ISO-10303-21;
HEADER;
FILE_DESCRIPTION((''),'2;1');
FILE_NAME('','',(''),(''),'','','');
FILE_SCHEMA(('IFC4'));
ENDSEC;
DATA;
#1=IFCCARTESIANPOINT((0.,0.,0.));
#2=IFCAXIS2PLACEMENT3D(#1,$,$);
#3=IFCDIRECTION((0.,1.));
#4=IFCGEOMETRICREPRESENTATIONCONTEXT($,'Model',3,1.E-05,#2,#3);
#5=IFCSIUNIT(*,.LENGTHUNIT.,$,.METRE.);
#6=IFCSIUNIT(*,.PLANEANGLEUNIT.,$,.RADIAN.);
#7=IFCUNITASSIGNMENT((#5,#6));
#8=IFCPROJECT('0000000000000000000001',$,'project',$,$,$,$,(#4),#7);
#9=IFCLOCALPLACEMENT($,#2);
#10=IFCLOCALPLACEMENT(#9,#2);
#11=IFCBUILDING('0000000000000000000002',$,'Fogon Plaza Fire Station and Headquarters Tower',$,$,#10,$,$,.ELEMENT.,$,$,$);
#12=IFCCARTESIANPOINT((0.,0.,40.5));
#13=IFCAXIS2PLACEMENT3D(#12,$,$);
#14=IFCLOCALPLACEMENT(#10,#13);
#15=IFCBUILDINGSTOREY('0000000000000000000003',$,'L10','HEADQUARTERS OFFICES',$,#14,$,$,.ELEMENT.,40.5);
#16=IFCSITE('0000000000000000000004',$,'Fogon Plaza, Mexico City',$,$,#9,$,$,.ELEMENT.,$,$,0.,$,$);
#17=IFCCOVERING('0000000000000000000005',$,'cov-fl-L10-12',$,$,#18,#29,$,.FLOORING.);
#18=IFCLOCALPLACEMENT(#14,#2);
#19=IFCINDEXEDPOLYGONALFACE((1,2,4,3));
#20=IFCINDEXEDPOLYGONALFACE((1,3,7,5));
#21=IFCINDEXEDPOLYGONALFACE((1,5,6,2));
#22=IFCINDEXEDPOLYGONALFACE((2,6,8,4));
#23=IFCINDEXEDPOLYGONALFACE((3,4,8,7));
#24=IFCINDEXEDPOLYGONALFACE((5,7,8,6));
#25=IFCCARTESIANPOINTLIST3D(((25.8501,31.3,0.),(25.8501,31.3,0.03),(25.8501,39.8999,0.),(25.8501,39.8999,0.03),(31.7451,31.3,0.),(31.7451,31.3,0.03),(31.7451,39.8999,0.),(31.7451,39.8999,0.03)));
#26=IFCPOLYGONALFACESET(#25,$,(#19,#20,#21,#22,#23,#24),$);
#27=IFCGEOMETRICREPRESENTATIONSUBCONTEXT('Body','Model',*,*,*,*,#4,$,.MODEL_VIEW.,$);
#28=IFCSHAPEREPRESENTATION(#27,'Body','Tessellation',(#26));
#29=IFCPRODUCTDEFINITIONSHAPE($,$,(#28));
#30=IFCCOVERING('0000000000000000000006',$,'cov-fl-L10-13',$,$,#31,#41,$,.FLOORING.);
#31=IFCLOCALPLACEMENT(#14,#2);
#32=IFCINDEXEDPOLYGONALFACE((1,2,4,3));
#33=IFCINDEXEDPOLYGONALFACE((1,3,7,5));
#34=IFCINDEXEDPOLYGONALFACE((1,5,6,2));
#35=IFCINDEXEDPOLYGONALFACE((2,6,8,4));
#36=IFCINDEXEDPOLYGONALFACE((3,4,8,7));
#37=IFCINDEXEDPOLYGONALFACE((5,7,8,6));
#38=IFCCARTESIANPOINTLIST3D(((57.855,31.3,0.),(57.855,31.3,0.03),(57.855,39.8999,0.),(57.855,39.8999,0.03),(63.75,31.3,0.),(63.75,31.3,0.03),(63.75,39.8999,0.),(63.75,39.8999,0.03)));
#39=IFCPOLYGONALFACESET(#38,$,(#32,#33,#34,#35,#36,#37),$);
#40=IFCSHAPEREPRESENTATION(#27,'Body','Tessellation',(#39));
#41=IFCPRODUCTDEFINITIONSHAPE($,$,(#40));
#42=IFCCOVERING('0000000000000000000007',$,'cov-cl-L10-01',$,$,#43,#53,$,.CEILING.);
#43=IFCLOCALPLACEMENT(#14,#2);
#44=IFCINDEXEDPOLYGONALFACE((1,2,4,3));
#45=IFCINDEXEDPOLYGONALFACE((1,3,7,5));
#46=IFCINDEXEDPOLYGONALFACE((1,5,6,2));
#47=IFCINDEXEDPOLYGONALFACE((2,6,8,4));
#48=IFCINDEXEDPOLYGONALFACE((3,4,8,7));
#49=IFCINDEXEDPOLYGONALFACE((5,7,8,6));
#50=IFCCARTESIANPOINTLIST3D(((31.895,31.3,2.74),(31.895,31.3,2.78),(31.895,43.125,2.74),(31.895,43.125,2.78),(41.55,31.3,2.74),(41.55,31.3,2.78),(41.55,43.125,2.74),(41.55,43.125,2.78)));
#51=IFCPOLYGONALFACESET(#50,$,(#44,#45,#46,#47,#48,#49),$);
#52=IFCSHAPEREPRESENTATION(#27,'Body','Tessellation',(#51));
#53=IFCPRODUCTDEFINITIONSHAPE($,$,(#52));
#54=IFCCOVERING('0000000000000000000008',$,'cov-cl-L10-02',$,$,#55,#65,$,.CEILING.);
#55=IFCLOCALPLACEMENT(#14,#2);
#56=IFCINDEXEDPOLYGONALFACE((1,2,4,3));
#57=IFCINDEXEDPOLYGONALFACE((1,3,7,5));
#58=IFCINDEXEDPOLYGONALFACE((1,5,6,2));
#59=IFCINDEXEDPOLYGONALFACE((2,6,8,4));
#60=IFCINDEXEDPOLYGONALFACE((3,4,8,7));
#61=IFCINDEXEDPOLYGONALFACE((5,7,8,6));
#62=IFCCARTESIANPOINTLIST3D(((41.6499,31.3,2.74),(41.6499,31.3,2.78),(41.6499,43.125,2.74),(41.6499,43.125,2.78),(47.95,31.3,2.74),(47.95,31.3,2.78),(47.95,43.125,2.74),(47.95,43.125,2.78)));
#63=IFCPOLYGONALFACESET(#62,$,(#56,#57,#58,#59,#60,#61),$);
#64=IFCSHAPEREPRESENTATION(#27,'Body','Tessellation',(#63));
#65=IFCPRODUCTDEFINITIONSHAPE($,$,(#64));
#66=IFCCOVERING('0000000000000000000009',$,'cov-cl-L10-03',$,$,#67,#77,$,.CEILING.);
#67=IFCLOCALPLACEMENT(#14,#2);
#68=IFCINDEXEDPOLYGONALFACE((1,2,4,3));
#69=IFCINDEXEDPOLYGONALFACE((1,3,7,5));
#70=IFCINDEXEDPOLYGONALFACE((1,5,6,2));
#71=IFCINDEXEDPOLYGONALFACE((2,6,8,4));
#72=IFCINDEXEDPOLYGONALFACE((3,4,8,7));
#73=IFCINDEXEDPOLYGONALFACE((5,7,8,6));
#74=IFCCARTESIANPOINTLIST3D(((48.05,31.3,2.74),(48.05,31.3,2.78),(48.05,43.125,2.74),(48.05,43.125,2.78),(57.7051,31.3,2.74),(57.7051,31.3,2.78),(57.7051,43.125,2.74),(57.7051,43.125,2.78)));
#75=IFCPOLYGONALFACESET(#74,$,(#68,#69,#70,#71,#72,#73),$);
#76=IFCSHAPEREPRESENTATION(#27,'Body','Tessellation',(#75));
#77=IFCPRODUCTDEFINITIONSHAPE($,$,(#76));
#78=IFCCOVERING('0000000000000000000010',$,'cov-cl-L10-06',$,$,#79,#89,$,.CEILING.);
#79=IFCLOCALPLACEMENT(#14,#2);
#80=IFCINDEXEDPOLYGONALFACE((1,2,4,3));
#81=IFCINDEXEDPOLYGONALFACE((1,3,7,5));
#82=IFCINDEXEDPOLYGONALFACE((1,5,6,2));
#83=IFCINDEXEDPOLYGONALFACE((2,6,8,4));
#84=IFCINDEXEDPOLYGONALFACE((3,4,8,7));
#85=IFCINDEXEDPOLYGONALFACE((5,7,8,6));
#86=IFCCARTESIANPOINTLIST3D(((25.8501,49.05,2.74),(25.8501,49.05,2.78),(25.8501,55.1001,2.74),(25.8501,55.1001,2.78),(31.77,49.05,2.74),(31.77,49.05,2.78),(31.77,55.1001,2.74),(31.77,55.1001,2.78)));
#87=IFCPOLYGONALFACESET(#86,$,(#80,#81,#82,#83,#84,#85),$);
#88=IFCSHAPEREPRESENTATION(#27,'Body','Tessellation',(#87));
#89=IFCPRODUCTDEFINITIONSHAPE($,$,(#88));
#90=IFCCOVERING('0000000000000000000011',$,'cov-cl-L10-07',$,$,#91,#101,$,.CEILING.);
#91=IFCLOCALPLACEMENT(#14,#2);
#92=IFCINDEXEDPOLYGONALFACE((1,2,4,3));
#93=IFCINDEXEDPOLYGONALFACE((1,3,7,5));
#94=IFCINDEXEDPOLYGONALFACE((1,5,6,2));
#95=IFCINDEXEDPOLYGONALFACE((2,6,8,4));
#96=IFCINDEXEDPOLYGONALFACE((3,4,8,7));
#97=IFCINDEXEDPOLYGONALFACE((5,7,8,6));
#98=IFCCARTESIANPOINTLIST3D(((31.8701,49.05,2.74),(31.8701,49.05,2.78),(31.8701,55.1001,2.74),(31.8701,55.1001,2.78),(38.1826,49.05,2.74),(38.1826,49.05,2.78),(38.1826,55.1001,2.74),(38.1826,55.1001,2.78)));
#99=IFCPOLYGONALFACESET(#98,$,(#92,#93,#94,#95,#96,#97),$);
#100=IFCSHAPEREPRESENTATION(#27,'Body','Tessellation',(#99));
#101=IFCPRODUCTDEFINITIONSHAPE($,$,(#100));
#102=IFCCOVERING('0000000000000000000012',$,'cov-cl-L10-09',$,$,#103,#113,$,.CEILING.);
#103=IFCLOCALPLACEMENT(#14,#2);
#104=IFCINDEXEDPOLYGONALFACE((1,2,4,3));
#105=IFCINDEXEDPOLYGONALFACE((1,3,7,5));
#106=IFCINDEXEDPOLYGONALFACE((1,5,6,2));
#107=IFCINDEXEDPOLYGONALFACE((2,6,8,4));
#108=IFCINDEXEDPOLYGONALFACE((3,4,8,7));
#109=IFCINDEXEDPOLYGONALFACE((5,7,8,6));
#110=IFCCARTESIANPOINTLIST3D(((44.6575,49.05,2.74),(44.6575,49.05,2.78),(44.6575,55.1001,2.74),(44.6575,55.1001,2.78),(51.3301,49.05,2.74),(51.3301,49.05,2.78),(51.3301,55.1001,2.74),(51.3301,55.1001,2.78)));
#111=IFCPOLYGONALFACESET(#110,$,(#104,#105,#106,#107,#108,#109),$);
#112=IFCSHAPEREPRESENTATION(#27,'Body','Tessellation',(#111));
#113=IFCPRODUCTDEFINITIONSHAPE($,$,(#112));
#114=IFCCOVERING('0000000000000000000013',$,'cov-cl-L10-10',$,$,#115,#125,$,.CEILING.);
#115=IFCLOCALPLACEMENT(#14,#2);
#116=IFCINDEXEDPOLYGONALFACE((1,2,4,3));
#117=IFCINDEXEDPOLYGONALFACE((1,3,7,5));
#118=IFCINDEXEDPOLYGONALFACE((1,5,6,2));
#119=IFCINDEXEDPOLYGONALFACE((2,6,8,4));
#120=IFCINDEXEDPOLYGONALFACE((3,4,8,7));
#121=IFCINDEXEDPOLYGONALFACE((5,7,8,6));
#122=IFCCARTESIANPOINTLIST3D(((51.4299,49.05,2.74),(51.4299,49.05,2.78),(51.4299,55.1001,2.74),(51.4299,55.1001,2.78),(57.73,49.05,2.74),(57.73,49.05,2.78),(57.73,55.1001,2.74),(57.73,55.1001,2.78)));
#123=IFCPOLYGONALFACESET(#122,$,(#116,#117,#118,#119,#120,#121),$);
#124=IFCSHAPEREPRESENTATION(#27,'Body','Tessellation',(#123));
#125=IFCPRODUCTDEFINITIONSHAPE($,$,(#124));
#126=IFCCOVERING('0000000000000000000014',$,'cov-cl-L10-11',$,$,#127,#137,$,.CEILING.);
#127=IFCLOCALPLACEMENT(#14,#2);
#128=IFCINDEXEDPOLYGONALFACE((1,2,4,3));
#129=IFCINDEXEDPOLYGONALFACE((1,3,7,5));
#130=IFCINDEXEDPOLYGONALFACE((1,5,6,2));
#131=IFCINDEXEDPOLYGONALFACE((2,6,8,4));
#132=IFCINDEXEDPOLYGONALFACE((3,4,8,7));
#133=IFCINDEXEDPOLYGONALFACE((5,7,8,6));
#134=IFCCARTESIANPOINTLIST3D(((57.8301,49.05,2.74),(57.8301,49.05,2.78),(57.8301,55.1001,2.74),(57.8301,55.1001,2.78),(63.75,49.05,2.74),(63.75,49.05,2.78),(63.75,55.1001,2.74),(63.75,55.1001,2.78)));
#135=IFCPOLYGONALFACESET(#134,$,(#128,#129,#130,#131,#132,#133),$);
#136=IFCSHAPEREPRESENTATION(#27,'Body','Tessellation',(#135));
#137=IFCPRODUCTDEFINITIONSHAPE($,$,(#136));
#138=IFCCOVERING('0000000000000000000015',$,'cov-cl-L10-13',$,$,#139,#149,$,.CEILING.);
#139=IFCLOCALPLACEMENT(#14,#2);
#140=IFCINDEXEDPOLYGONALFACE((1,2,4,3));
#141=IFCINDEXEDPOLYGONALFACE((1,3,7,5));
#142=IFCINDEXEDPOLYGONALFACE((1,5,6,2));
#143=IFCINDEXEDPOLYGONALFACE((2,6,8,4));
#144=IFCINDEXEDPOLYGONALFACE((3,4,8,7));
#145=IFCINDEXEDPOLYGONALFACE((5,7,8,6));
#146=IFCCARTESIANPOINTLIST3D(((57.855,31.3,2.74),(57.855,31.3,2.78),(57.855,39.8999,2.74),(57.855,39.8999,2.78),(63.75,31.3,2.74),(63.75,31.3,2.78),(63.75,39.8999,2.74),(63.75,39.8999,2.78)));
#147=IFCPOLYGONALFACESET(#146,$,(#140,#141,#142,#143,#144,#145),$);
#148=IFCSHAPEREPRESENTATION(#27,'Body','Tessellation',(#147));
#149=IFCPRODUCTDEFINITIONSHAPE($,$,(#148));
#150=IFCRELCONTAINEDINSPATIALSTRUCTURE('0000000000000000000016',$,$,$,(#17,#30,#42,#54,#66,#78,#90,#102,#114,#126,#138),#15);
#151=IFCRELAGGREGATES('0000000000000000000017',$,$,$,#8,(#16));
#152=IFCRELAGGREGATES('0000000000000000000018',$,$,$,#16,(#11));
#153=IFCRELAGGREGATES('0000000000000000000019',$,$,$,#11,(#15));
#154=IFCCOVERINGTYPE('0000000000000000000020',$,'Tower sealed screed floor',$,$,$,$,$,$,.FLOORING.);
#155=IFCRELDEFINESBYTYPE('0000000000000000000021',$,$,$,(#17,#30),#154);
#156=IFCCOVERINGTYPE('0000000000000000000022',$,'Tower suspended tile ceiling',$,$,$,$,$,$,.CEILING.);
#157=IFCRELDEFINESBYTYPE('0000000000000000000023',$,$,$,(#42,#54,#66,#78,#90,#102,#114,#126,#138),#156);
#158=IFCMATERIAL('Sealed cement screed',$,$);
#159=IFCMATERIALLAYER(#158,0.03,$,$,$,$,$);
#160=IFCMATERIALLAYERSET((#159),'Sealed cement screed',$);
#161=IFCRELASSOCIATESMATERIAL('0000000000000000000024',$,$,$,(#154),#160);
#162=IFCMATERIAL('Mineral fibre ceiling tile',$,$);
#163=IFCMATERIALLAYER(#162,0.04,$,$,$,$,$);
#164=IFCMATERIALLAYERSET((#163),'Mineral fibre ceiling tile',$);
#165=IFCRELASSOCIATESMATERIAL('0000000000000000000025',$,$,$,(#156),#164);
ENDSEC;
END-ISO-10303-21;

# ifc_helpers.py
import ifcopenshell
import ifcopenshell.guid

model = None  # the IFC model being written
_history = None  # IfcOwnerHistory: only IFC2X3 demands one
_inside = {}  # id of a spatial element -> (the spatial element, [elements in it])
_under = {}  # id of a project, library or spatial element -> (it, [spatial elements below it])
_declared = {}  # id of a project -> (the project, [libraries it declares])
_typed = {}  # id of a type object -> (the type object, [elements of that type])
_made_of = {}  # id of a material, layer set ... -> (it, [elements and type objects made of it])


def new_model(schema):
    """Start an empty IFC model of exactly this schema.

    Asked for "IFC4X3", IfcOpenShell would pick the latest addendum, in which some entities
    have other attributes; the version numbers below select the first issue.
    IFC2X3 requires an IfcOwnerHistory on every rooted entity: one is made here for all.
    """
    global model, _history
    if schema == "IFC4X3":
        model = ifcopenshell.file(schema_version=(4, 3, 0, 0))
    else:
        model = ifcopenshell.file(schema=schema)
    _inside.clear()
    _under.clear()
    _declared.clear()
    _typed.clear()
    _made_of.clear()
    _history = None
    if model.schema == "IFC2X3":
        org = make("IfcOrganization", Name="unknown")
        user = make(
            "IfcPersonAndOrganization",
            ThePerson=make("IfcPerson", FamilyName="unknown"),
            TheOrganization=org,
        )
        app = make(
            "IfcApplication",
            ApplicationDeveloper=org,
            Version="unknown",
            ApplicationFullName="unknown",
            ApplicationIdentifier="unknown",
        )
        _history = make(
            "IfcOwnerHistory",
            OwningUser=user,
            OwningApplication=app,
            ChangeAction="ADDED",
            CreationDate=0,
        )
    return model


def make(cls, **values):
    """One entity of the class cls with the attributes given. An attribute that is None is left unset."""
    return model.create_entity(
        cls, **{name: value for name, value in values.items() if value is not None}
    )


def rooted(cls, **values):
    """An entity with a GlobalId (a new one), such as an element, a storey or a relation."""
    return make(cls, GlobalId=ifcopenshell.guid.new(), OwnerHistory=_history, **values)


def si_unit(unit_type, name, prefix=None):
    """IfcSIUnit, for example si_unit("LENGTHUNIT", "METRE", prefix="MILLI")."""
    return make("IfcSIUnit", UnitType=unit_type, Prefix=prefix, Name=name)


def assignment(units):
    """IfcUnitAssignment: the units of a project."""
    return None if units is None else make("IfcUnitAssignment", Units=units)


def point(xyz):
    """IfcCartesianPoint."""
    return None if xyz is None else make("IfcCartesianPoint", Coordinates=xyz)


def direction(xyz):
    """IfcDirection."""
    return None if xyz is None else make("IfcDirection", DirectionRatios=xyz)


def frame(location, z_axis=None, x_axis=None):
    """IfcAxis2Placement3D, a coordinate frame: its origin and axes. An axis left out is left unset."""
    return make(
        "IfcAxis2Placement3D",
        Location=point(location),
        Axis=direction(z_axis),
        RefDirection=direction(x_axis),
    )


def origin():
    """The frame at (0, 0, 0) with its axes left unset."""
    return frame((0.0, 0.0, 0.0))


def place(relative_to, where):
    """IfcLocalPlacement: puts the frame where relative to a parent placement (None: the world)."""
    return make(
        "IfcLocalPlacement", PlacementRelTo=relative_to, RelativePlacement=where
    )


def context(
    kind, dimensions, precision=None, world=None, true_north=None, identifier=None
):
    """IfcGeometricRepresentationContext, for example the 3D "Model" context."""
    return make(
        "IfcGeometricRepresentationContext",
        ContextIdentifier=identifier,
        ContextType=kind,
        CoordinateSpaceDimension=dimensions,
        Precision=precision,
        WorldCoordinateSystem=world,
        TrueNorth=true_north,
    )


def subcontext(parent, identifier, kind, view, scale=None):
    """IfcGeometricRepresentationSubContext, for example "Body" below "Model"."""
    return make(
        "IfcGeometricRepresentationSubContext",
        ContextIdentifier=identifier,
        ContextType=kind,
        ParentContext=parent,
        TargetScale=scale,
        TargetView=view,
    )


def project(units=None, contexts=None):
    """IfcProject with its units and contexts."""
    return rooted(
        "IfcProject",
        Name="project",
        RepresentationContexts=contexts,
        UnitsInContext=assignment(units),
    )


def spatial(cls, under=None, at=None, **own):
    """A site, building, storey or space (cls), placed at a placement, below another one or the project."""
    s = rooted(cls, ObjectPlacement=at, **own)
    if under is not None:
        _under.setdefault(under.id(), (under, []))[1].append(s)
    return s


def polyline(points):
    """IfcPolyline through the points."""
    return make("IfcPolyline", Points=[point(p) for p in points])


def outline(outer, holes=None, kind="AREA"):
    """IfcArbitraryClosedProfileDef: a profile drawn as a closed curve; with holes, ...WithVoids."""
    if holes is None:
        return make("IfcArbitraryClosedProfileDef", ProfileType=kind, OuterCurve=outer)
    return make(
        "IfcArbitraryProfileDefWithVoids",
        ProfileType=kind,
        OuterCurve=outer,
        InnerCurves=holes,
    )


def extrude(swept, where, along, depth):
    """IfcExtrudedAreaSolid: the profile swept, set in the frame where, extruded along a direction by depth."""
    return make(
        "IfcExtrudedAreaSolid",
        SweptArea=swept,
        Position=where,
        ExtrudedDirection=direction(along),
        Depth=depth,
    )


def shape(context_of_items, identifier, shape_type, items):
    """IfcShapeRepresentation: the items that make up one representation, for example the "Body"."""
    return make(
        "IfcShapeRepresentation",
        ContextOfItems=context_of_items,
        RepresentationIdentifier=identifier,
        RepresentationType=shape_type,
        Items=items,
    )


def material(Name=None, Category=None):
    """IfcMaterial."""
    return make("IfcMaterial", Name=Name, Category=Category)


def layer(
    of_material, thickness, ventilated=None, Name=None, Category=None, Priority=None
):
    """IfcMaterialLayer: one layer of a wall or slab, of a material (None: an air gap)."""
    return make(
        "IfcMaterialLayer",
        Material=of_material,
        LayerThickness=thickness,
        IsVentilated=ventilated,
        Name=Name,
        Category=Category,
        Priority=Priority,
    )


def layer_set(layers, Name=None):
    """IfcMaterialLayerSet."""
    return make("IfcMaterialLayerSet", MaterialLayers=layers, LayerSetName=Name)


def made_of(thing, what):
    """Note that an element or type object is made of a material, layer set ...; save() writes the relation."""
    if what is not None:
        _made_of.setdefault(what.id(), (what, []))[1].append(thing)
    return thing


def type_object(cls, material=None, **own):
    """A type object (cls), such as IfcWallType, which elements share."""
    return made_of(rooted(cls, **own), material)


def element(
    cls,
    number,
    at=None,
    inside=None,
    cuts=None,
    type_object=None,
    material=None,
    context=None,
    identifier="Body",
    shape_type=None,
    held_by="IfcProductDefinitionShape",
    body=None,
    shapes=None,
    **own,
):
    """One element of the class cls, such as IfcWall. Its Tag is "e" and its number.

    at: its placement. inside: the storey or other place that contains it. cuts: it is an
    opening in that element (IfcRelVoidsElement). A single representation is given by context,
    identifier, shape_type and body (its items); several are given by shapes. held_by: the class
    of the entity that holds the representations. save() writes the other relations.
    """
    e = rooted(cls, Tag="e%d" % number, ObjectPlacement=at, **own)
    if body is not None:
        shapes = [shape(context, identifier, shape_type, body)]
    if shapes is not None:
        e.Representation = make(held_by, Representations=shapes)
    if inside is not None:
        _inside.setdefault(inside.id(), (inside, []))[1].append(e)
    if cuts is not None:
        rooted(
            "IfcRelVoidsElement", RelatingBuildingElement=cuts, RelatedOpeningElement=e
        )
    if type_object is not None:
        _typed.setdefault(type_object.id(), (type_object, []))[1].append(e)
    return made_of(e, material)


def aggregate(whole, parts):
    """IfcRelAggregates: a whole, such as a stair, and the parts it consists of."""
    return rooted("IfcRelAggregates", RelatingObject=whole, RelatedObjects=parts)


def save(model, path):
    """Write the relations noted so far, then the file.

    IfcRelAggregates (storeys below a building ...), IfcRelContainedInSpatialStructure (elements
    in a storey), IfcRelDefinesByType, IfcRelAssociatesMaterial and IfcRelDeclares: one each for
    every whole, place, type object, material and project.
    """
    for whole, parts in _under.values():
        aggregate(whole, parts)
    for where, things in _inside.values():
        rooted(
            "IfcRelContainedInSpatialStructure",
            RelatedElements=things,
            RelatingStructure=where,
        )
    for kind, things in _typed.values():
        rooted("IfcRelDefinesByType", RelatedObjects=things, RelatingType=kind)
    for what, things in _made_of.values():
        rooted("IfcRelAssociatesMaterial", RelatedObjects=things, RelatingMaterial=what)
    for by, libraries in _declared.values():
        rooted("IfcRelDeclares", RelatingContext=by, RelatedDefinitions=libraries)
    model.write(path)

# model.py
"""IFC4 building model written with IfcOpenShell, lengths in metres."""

from ifc_helpers import new_model, si_unit, direction, frame, origin, place, context, subcontext, project, spatial, polyline, outline, extrude, material, layer, layer_set, type_object, element, save


model = new_model("IFC4")

# Units and contexts
model_context = context("Model", 3, precision=1e-05, world=origin(), true_north=direction((0.0, 1.0)))
body_context = subcontext(model_context, "Body", "Model", "MODEL_VIEW")
ifc_project = project(units=[si_unit("LENGTHUNIT", "METRE"), si_unit("PLANEANGLEUNIT", "RADIAN")], contexts=[model_context])

# Site, building, storey
site_placement = place(None, origin())
site = spatial("IfcSite", under=ifc_project, at=site_placement, Name="Fogon Plaza, Mexico City", CompositionType="ELEMENT", RefElevation=0.0)
building_placement = place(site_placement, origin())
building = spatial("IfcBuilding", under=site, at=building_placement, Name="Fogon Plaza Fire Station and Headquarters Tower", CompositionType="ELEMENT")
storey_placement = place(building_placement, frame((0.0, 0.0, 40.5)))
storey = spatial("IfcBuildingStorey", under=building, at=storey_placement, Name="L10", Description="HEADQUARTERS OFFICES", CompositionType="ELEMENT", Elevation=40.5)

# Coverings
ifc_material_1 = material(Name="Sealed cement screed")
ifc_layer_1 = layer(ifc_material_1, 0.03)
ifc_layer_set_1 = layer_set([ifc_layer_1], Name="Sealed cement screed")
covering_type_1 = type_object("IfcCoveringType", Name="Tower sealed screed floor", PredefinedType="FLOORING", material=ifc_layer_set_1)
covering_1_placement = place(storey_placement, origin())
element("IfcCovering", 1, at=covering_1_placement, inside=storey, type_object=covering_type_1, Name="cov-fl-L10-12", PredefinedType="FLOORING", context=body_context, shape_type="SweptSolid", body=[
    extrude(outline(polyline([(31.7451, 31.3), (31.7451, 39.8999), (25.8501, 39.8999), (25.8501, 31.3), (31.7451, 31.3)])), origin(), (0.0, 0.0, 1.0), 0.03),
])
covering_2_placement = place(storey_placement, origin())
element("IfcCovering", 2, at=covering_2_placement, inside=storey, type_object=covering_type_1, Name="cov-fl-L10-13", PredefinedType="FLOORING", context=body_context, shape_type="SweptSolid", body=[
    extrude(outline(polyline([(63.75, 31.3), (63.75, 39.8999), (57.855, 39.8999), (57.855, 31.3), (63.75, 31.3)])), origin(), (0.0, 0.0, 1.0), 0.03),
])
ifc_material_2 = material(Name="Mineral fibre ceiling tile")
ifc_layer_2 = layer(ifc_material_2, 0.04)
ifc_layer_set_2 = layer_set([ifc_layer_2], Name="Mineral fibre ceiling tile")
covering_type_2 = type_object("IfcCoveringType", Name="Tower suspended tile ceiling", PredefinedType="CEILING", material=ifc_layer_set_2)
covering_3_placement = place(storey_placement, frame((0.0, 0.0, 2.74)))
element("IfcCovering", 3, at=covering_3_placement, inside=storey, type_object=covering_type_2, Name="cov-cl-L10-01", PredefinedType="CEILING", context=body_context, shape_type="SweptSolid", body=[
    extrude(outline(polyline([(41.55, 31.3), (41.55, 43.125), (31.895, 43.125), (31.895, 31.3), (41.55, 31.3)])), origin(), (0.0, 0.0, 1.0), 0.04),
])
covering_4_placement = place(storey_placement, frame((0.0, 0.0, 2.74)))
element("IfcCovering", 4, at=covering_4_placement, inside=storey, type_object=covering_type_2, Name="cov-cl-L10-02", PredefinedType="CEILING", context=body_context, shape_type="SweptSolid", body=[
    extrude(outline(polyline([(47.95, 31.3), (47.95, 43.125), (41.6499, 43.125), (41.6499, 31.3), (47.95, 31.3)])), origin(), (0.0, 0.0, 1.0), 0.04),
])
covering_5_placement = place(storey_placement, frame((0.0, 0.0, 2.74)))
element("IfcCovering", 5, at=covering_5_placement, inside=storey, type_object=covering_type_2, Name="cov-cl-L10-03", PredefinedType="CEILING", context=body_context, shape_type="SweptSolid", body=[
    extrude(outline(polyline([(57.7051, 31.3), (57.7051, 43.125), (48.05, 43.125), (48.05, 31.3), (57.7051, 31.3)])), origin(), (0.0, 0.0, 1.0), 0.04),
])
covering_6_placement = place(storey_placement, frame((0.0, 0.0, 2.74)))
element("IfcCovering", 6, at=covering_6_placement, inside=storey, type_object=covering_type_2, Name="cov-cl-L10-06", PredefinedType="CEILING", context=body_context, shape_type="SweptSolid", body=[
    extrude(outline(polyline([(31.77, 49.05), (31.77, 55.1001), (25.8501, 55.1001), (25.8501, 49.05), (31.77, 49.05)])), origin(), (0.0, 0.0, 1.0), 0.04),
])
covering_7_placement = place(storey_placement, frame((0.0, 0.0, 2.74)))
element("IfcCovering", 7, at=covering_7_placement, inside=storey, type_object=covering_type_2, Name="cov-cl-L10-07", PredefinedType="CEILING", context=body_context, shape_type="SweptSolid", body=[
    extrude(outline(polyline([(38.1826, 49.05), (38.1826, 55.1001), (31.8701, 55.1001), (31.8701, 49.05), (38.1826, 49.05)])), origin(), (0.0, 0.0, 1.0), 0.04),
])
covering_8_placement = place(storey_placement, frame((0.0, 0.0, 2.74)))
element("IfcCovering", 8, at=covering_8_placement, inside=storey, type_object=covering_type_2, Name="cov-cl-L10-09", PredefinedType="CEILING", context=body_context, shape_type="SweptSolid", body=[
    extrude(outline(polyline([(51.3301, 49.05), (51.3301, 55.1001), (44.6575, 55.1001), (44.6575, 49.05), (51.3301, 49.05)])), origin(), (0.0, 0.0, 1.0), 0.04),
])
covering_9_placement = place(storey_placement, frame((0.0, 0.0, 2.74)))
element("IfcCovering", 9, at=covering_9_placement, inside=storey, type_object=covering_type_2, Name="cov-cl-L10-10", PredefinedType="CEILING", context=body_context, shape_type="SweptSolid", body=[
    extrude(outline(polyline([(57.73, 49.05), (57.73, 55.1001), (51.4299, 55.1001), (51.4299, 49.05), (57.73, 49.05)])), origin(), (0.0, 0.0, 1.0), 0.04),
])
covering_10_placement = place(storey_placement, frame((0.0, 0.0, 2.74)))
element("IfcCovering", 10, at=covering_10_placement, inside=storey, type_object=covering_type_2, Name="cov-cl-L10-11", PredefinedType="CEILING", context=body_context, shape_type="SweptSolid", body=[
    extrude(outline(polyline([(63.75, 49.05), (63.75, 55.1001), (57.8301, 55.1001), (57.8301, 49.05), (63.75, 49.05)])), origin(), (0.0, 0.0, 1.0), 0.04),
])
covering_11_placement = place(storey_placement, frame((0.0, 0.0, 2.74)))
element("IfcCovering", 11, at=covering_11_placement, inside=storey, type_object=covering_type_2, Name="cov-cl-L10-13", PredefinedType="CEILING", context=body_context, shape_type="SweptSolid", body=[
    extrude(outline(polyline([(63.75, 31.3), (63.75, 39.8999), (57.855, 39.8999), (57.855, 31.3), (63.75, 31.3)])), origin(), (0.0, 0.0, 1.0), 0.04),
])

save(model, "model.ifc")
